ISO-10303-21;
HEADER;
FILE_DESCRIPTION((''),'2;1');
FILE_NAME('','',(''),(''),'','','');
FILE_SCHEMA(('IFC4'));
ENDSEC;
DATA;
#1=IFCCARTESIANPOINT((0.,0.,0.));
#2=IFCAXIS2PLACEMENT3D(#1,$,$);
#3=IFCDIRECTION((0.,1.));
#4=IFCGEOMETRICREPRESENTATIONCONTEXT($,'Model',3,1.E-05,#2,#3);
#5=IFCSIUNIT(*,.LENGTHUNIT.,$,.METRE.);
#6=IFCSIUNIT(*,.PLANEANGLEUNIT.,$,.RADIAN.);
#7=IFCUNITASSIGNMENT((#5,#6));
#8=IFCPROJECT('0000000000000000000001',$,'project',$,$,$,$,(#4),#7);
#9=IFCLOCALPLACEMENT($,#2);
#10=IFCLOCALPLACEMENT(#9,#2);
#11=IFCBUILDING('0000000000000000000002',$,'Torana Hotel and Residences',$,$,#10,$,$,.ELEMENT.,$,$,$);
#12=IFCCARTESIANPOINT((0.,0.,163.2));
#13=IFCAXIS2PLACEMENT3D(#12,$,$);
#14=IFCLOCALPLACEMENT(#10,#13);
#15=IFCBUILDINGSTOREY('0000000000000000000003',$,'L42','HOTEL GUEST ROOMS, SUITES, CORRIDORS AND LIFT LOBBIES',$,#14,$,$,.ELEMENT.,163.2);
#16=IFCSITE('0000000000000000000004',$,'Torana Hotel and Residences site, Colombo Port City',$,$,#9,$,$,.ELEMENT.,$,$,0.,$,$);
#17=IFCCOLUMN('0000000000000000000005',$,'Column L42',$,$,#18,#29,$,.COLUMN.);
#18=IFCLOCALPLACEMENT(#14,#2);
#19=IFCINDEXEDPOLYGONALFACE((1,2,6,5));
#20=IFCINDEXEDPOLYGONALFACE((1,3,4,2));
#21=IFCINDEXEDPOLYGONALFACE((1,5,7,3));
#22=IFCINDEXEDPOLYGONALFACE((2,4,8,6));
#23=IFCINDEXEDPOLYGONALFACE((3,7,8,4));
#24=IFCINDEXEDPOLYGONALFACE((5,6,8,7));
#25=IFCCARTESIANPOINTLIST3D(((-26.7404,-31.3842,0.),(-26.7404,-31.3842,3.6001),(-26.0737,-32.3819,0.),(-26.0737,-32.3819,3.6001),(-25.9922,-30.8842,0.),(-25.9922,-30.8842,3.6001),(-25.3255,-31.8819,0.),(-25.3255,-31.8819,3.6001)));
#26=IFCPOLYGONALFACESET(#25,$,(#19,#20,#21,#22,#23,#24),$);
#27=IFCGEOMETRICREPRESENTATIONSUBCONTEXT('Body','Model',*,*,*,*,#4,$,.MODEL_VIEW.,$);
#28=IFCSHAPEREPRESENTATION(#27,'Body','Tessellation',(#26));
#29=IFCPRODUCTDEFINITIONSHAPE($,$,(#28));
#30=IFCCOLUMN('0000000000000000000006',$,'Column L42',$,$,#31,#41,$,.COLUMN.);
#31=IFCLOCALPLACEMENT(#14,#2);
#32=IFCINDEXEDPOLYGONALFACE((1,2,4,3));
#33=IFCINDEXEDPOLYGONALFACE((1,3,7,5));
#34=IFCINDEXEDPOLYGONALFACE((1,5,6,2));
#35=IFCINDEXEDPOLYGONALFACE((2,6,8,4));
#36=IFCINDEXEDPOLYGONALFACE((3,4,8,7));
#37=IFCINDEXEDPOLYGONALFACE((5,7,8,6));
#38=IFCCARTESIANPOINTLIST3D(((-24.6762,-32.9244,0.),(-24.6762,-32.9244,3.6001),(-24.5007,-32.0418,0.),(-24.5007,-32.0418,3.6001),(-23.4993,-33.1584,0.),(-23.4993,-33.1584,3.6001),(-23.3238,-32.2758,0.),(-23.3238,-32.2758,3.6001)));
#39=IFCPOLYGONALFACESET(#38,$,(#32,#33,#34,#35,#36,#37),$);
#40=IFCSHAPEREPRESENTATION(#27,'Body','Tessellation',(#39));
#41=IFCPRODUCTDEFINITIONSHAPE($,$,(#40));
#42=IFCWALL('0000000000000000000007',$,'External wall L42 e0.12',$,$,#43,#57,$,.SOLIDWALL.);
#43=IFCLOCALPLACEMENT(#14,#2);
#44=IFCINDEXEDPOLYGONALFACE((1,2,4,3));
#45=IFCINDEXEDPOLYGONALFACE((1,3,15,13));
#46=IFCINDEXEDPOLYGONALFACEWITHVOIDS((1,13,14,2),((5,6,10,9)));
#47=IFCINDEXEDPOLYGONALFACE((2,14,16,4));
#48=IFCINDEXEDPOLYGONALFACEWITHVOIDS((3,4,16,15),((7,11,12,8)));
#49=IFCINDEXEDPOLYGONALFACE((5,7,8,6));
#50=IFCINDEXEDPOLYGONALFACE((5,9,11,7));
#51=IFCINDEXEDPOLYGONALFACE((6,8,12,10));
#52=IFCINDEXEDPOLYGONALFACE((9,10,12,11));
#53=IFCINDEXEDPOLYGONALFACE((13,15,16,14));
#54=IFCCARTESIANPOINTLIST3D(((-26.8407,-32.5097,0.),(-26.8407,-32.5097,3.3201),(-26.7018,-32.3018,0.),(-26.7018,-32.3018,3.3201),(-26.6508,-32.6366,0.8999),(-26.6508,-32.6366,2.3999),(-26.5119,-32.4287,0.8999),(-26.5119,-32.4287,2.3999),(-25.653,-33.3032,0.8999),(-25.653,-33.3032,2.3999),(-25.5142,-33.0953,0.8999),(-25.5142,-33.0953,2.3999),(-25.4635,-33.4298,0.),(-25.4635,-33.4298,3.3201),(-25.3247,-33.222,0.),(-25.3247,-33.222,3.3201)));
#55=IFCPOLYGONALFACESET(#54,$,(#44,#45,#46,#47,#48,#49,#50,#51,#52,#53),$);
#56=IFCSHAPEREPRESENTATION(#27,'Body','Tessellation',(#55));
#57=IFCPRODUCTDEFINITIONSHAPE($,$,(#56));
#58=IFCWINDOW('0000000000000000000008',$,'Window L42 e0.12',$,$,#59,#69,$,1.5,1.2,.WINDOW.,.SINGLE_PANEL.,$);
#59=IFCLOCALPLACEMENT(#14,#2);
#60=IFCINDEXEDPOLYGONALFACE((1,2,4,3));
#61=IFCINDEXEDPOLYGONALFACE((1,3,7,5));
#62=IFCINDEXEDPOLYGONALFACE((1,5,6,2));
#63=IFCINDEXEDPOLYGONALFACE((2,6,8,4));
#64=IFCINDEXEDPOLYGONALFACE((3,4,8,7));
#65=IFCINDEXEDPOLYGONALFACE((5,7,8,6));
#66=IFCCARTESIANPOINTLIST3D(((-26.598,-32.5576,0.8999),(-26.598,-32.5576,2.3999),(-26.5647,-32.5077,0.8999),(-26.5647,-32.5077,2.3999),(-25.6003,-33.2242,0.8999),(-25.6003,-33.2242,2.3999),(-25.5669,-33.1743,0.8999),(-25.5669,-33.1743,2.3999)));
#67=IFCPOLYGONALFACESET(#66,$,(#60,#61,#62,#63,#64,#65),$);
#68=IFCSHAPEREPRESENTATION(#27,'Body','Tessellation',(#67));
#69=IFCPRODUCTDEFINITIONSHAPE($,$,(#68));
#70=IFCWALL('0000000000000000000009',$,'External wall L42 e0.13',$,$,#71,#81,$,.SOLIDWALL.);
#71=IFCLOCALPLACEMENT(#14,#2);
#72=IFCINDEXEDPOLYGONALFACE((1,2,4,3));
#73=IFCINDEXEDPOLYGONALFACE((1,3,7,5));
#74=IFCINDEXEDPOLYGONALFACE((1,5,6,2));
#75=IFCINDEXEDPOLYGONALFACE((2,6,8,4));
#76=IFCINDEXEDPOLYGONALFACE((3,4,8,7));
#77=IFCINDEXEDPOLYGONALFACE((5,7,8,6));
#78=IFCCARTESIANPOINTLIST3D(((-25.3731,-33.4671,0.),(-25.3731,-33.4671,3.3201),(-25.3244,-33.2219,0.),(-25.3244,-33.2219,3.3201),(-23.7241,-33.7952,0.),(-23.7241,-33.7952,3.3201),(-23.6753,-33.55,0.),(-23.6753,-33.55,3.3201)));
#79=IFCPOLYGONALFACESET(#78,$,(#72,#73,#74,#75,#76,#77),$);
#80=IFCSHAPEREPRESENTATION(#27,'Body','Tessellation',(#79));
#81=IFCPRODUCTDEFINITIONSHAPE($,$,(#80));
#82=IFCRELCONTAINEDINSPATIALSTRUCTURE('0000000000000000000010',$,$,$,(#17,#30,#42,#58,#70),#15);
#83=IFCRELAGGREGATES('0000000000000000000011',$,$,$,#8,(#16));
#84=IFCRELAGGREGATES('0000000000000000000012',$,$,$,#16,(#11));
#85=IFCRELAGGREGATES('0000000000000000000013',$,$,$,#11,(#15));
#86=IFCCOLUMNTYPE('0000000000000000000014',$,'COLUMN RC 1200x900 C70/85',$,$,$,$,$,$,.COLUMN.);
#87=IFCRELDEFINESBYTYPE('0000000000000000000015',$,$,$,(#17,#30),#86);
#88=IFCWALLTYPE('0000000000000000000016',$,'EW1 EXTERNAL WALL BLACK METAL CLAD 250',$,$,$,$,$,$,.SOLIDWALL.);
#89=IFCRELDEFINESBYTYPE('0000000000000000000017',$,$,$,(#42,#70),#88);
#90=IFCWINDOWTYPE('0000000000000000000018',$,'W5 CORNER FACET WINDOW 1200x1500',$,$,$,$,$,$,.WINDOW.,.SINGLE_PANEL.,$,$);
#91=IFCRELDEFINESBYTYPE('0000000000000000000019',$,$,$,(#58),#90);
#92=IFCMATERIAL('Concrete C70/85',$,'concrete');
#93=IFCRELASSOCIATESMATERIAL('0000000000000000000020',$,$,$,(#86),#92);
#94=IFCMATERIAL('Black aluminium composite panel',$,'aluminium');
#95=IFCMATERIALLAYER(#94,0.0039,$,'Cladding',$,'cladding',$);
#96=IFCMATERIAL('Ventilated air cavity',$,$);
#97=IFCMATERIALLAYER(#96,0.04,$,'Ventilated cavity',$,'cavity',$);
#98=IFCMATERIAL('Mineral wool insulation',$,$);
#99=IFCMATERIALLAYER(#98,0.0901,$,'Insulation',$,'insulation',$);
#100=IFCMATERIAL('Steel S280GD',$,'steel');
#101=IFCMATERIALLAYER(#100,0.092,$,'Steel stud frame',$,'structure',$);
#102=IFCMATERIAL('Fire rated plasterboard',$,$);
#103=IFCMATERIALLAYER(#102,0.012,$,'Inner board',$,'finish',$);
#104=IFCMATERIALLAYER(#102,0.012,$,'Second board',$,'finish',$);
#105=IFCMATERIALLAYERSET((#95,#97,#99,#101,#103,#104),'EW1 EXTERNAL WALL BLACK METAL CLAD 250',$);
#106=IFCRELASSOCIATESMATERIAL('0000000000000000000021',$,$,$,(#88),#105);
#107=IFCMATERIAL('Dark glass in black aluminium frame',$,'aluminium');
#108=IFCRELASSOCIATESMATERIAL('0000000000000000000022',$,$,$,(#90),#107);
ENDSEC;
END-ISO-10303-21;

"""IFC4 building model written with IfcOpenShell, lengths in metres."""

from ifc_helpers import new_model, si_unit, direction, frame, frame_2d, origin, origin_2d, place, context, subcontext, project, spatial, rectangle, extrude, material, layer, layer_set, material_profile, profile_set, type_object, element, fill, save


model = new_model("IFC4")

# Units and contexts
model_context = context("Model", 3, precision=1e-05, world=origin(), true_north=direction((0.0, 1.0)))
body_context = subcontext(model_context, "Body", "Model", "MODEL_VIEW")
ifc_project = project(units=[si_unit("LENGTHUNIT", "METRE"), si_unit("PLANEANGLEUNIT", "RADIAN")], contexts=[model_context])

# Site, building, storey
site_placement = place(None, origin())
site = spatial("IfcSite", under=ifc_project, at=site_placement, Name="Torana Hotel and Residences site, Colombo Port City", CompositionType="ELEMENT", RefElevation=0.0)
building_placement = place(site_placement, origin())
building = spatial("IfcBuilding", under=site, at=building_placement, Name="Torana Hotel and Residences", CompositionType="ELEMENT")
storey_placement = place(building_placement, frame((0.0, 0.0, 163.2)))
storey = spatial("IfcBuildingStorey", under=building, at=storey_placement, Name="L42", Description="HOTEL GUEST ROOMS, SUITES, CORRIDORS AND LIFT LOBBIES", CompositionType="ELEMENT", Elevation=163.2)

# Columns
ifc_material_1 = material(Name="Concrete C70/85", Category="concrete")
ifc_material_profile = material_profile(ifc_material_1, rectangle(XDim=1.2, YDim=0.8999, at=origin_2d()), Name="RC 1200x900")
ifc_profile_set = profile_set([ifc_material_profile], Name="Concrete C70/85")
column_type = type_object("IfcColumnType", Name="COLUMN RC 1200x900 C70/85", PredefinedType="COLUMN", material=ifc_profile_set)
for number, where, z_axis, x_axis, name in (
    (1, (-26.033, -31.6331, 0.0), (0.0, 0.0, 1.0), (-0.555585, 0.83146, 0.0), "Column L42"),
    (2, (-24.0, -32.6001, 0.0), (0.0, 0.0, 1.0), (-0.980792, 0.195056, 0.0), "Column L42"),
):
    element("IfcColumn", number, at=place(storey_placement, frame(where, z_axis=z_axis, x_axis=x_axis)), inside=storey, type_object=column_type, Name=name, PredefinedType="COLUMN", context=body_context, shape_type="SweptSolid", body=[
        extrude(rectangle(XDim=1.2, YDim=0.8999, at=origin_2d()), origin(), (0.0, 0.0, 1.0), 3.6001),
    ])

# Wall, opening, window
ifc_material_2 = material(Name="Black aluminium composite panel", Category="aluminium")
ifc_layer_1 = layer(ifc_material_2, 0.0039, Name="Cladding", Category="cladding")
ifc_material_3 = material(Name="Ventilated air cavity")
ifc_layer_2 = layer(ifc_material_3, 0.04, Name="Ventilated cavity", Category="cavity")
ifc_material_4 = material(Name="Mineral wool insulation")
ifc_layer_3 = layer(ifc_material_4, 0.0901, Name="Insulation", Category="insulation")
ifc_material_5 = material(Name="Steel S280GD", Category="steel")
ifc_layer_4 = layer(ifc_material_5, 0.092, Name="Steel stud frame", Category="structure")
ifc_material_6 = material(Name="Fire rated plasterboard")
ifc_layer_5 = layer(ifc_material_6, 0.012, Name="Inner board", Category="finish")
ifc_layer_6 = layer(ifc_material_6, 0.012, Name="Second board", Category="finish")
ifc_layer_set = layer_set([ifc_layer_1, ifc_layer_2, ifc_layer_3, ifc_layer_4, ifc_layer_5, ifc_layer_6], Name="EW1 EXTERNAL WALL BLACK METAL CLAD 250")
wall_type = type_object("IfcWallType", Name="EW1 EXTERNAL WALL BLACK METAL CLAD 250", PredefinedType="SOLIDWALL", material=ifc_layer_set)
wall_1_placement = place(storey_placement, frame((-26.7712, -32.4058, 0.0), z_axis=(0.0, 0.0, 1.0), x_axis=(0.831483, -0.55555, 0.0)))
wall_1 = element("IfcWall", 3, at=wall_1_placement, inside=storey, type_object=wall_type, Name="External wall L42 e0.12", PredefinedType="SOLIDWALL", context=body_context, shape_type="SweptSolid", body=[
    extrude(rectangle(XDim=1.6562, YDim=0.25, at=frame_2d((0.8281, 0.0))), origin(), (0.0, 0.0, 1.0), 3.3201),
])
opening_placement = place(wall_1_placement, frame((0.2283, 0.0, 0.8999)))
opening = element("IfcOpeningElement", 4, at=opening_placement, cuts=wall_1, PredefinedType="OPENING", context=body_context, shape_type="SweptSolid", body=[
    extrude(rectangle(XDim=1.2, YDim=1.5, at=frame_2d((0.6001, 0.75))), frame((0.0, 0.135, 0.0), z_axis=(0.0, -1.0, 0.0), x_axis=(1.0, 0.0, 0.0)), (0.0, 0.0, 1.0), 0.27),
])
ifc_material_7 = material(Name="Dark glass in black aluminium frame", Category="aluminium")
window_type = type_object("IfcWindowType", Name="W5 CORNER FACET WINDOW 1200x1500", PartitioningType="SINGLE_PANEL", PredefinedType="WINDOW", material=ifc_material_7)
window_placement = place(opening_placement, origin())
window = element("IfcWindow", 5, at=window_placement, inside=storey, type_object=window_type, Name="Window L42 e0.12", OverallHeight=1.5, OverallWidth=1.2, PartitioningType="SINGLE_PANEL", PredefinedType="WINDOW", context=body_context, shape_type="SweptSolid", body=[
    extrude(rectangle(XDim=1.2, YDim=1.5, at=frame_2d((0.6001, 0.75))), frame((0.0, 0.03, 0.0), z_axis=(0.0, -1.0, 0.0), x_axis=(1.0, 0.0, 0.0)), (0.0, 0.0, 1.0), 0.0601),
])
fill(opening, window)

# Wall
wall_2_placement = place(storey_placement, frame((-25.3489, -33.3445, 0.0), z_axis=(0.0, 0.0, 1.0), x_axis=(0.980776, -0.195139, 0.0)))
element("IfcWall", 6, at=wall_2_placement, inside=storey, type_object=wall_type, Name="External wall L42 e0.13", PredefinedType="SOLIDWALL", context=body_context, shape_type="SweptSolid", body=[
    extrude(rectangle(XDim=1.6814, YDim=0.25, at=frame_2d((0.8408, 0.0))), origin(), (0.0, 0.0, 1.0), 3.3201),
])

save(model, "model.ifc")
